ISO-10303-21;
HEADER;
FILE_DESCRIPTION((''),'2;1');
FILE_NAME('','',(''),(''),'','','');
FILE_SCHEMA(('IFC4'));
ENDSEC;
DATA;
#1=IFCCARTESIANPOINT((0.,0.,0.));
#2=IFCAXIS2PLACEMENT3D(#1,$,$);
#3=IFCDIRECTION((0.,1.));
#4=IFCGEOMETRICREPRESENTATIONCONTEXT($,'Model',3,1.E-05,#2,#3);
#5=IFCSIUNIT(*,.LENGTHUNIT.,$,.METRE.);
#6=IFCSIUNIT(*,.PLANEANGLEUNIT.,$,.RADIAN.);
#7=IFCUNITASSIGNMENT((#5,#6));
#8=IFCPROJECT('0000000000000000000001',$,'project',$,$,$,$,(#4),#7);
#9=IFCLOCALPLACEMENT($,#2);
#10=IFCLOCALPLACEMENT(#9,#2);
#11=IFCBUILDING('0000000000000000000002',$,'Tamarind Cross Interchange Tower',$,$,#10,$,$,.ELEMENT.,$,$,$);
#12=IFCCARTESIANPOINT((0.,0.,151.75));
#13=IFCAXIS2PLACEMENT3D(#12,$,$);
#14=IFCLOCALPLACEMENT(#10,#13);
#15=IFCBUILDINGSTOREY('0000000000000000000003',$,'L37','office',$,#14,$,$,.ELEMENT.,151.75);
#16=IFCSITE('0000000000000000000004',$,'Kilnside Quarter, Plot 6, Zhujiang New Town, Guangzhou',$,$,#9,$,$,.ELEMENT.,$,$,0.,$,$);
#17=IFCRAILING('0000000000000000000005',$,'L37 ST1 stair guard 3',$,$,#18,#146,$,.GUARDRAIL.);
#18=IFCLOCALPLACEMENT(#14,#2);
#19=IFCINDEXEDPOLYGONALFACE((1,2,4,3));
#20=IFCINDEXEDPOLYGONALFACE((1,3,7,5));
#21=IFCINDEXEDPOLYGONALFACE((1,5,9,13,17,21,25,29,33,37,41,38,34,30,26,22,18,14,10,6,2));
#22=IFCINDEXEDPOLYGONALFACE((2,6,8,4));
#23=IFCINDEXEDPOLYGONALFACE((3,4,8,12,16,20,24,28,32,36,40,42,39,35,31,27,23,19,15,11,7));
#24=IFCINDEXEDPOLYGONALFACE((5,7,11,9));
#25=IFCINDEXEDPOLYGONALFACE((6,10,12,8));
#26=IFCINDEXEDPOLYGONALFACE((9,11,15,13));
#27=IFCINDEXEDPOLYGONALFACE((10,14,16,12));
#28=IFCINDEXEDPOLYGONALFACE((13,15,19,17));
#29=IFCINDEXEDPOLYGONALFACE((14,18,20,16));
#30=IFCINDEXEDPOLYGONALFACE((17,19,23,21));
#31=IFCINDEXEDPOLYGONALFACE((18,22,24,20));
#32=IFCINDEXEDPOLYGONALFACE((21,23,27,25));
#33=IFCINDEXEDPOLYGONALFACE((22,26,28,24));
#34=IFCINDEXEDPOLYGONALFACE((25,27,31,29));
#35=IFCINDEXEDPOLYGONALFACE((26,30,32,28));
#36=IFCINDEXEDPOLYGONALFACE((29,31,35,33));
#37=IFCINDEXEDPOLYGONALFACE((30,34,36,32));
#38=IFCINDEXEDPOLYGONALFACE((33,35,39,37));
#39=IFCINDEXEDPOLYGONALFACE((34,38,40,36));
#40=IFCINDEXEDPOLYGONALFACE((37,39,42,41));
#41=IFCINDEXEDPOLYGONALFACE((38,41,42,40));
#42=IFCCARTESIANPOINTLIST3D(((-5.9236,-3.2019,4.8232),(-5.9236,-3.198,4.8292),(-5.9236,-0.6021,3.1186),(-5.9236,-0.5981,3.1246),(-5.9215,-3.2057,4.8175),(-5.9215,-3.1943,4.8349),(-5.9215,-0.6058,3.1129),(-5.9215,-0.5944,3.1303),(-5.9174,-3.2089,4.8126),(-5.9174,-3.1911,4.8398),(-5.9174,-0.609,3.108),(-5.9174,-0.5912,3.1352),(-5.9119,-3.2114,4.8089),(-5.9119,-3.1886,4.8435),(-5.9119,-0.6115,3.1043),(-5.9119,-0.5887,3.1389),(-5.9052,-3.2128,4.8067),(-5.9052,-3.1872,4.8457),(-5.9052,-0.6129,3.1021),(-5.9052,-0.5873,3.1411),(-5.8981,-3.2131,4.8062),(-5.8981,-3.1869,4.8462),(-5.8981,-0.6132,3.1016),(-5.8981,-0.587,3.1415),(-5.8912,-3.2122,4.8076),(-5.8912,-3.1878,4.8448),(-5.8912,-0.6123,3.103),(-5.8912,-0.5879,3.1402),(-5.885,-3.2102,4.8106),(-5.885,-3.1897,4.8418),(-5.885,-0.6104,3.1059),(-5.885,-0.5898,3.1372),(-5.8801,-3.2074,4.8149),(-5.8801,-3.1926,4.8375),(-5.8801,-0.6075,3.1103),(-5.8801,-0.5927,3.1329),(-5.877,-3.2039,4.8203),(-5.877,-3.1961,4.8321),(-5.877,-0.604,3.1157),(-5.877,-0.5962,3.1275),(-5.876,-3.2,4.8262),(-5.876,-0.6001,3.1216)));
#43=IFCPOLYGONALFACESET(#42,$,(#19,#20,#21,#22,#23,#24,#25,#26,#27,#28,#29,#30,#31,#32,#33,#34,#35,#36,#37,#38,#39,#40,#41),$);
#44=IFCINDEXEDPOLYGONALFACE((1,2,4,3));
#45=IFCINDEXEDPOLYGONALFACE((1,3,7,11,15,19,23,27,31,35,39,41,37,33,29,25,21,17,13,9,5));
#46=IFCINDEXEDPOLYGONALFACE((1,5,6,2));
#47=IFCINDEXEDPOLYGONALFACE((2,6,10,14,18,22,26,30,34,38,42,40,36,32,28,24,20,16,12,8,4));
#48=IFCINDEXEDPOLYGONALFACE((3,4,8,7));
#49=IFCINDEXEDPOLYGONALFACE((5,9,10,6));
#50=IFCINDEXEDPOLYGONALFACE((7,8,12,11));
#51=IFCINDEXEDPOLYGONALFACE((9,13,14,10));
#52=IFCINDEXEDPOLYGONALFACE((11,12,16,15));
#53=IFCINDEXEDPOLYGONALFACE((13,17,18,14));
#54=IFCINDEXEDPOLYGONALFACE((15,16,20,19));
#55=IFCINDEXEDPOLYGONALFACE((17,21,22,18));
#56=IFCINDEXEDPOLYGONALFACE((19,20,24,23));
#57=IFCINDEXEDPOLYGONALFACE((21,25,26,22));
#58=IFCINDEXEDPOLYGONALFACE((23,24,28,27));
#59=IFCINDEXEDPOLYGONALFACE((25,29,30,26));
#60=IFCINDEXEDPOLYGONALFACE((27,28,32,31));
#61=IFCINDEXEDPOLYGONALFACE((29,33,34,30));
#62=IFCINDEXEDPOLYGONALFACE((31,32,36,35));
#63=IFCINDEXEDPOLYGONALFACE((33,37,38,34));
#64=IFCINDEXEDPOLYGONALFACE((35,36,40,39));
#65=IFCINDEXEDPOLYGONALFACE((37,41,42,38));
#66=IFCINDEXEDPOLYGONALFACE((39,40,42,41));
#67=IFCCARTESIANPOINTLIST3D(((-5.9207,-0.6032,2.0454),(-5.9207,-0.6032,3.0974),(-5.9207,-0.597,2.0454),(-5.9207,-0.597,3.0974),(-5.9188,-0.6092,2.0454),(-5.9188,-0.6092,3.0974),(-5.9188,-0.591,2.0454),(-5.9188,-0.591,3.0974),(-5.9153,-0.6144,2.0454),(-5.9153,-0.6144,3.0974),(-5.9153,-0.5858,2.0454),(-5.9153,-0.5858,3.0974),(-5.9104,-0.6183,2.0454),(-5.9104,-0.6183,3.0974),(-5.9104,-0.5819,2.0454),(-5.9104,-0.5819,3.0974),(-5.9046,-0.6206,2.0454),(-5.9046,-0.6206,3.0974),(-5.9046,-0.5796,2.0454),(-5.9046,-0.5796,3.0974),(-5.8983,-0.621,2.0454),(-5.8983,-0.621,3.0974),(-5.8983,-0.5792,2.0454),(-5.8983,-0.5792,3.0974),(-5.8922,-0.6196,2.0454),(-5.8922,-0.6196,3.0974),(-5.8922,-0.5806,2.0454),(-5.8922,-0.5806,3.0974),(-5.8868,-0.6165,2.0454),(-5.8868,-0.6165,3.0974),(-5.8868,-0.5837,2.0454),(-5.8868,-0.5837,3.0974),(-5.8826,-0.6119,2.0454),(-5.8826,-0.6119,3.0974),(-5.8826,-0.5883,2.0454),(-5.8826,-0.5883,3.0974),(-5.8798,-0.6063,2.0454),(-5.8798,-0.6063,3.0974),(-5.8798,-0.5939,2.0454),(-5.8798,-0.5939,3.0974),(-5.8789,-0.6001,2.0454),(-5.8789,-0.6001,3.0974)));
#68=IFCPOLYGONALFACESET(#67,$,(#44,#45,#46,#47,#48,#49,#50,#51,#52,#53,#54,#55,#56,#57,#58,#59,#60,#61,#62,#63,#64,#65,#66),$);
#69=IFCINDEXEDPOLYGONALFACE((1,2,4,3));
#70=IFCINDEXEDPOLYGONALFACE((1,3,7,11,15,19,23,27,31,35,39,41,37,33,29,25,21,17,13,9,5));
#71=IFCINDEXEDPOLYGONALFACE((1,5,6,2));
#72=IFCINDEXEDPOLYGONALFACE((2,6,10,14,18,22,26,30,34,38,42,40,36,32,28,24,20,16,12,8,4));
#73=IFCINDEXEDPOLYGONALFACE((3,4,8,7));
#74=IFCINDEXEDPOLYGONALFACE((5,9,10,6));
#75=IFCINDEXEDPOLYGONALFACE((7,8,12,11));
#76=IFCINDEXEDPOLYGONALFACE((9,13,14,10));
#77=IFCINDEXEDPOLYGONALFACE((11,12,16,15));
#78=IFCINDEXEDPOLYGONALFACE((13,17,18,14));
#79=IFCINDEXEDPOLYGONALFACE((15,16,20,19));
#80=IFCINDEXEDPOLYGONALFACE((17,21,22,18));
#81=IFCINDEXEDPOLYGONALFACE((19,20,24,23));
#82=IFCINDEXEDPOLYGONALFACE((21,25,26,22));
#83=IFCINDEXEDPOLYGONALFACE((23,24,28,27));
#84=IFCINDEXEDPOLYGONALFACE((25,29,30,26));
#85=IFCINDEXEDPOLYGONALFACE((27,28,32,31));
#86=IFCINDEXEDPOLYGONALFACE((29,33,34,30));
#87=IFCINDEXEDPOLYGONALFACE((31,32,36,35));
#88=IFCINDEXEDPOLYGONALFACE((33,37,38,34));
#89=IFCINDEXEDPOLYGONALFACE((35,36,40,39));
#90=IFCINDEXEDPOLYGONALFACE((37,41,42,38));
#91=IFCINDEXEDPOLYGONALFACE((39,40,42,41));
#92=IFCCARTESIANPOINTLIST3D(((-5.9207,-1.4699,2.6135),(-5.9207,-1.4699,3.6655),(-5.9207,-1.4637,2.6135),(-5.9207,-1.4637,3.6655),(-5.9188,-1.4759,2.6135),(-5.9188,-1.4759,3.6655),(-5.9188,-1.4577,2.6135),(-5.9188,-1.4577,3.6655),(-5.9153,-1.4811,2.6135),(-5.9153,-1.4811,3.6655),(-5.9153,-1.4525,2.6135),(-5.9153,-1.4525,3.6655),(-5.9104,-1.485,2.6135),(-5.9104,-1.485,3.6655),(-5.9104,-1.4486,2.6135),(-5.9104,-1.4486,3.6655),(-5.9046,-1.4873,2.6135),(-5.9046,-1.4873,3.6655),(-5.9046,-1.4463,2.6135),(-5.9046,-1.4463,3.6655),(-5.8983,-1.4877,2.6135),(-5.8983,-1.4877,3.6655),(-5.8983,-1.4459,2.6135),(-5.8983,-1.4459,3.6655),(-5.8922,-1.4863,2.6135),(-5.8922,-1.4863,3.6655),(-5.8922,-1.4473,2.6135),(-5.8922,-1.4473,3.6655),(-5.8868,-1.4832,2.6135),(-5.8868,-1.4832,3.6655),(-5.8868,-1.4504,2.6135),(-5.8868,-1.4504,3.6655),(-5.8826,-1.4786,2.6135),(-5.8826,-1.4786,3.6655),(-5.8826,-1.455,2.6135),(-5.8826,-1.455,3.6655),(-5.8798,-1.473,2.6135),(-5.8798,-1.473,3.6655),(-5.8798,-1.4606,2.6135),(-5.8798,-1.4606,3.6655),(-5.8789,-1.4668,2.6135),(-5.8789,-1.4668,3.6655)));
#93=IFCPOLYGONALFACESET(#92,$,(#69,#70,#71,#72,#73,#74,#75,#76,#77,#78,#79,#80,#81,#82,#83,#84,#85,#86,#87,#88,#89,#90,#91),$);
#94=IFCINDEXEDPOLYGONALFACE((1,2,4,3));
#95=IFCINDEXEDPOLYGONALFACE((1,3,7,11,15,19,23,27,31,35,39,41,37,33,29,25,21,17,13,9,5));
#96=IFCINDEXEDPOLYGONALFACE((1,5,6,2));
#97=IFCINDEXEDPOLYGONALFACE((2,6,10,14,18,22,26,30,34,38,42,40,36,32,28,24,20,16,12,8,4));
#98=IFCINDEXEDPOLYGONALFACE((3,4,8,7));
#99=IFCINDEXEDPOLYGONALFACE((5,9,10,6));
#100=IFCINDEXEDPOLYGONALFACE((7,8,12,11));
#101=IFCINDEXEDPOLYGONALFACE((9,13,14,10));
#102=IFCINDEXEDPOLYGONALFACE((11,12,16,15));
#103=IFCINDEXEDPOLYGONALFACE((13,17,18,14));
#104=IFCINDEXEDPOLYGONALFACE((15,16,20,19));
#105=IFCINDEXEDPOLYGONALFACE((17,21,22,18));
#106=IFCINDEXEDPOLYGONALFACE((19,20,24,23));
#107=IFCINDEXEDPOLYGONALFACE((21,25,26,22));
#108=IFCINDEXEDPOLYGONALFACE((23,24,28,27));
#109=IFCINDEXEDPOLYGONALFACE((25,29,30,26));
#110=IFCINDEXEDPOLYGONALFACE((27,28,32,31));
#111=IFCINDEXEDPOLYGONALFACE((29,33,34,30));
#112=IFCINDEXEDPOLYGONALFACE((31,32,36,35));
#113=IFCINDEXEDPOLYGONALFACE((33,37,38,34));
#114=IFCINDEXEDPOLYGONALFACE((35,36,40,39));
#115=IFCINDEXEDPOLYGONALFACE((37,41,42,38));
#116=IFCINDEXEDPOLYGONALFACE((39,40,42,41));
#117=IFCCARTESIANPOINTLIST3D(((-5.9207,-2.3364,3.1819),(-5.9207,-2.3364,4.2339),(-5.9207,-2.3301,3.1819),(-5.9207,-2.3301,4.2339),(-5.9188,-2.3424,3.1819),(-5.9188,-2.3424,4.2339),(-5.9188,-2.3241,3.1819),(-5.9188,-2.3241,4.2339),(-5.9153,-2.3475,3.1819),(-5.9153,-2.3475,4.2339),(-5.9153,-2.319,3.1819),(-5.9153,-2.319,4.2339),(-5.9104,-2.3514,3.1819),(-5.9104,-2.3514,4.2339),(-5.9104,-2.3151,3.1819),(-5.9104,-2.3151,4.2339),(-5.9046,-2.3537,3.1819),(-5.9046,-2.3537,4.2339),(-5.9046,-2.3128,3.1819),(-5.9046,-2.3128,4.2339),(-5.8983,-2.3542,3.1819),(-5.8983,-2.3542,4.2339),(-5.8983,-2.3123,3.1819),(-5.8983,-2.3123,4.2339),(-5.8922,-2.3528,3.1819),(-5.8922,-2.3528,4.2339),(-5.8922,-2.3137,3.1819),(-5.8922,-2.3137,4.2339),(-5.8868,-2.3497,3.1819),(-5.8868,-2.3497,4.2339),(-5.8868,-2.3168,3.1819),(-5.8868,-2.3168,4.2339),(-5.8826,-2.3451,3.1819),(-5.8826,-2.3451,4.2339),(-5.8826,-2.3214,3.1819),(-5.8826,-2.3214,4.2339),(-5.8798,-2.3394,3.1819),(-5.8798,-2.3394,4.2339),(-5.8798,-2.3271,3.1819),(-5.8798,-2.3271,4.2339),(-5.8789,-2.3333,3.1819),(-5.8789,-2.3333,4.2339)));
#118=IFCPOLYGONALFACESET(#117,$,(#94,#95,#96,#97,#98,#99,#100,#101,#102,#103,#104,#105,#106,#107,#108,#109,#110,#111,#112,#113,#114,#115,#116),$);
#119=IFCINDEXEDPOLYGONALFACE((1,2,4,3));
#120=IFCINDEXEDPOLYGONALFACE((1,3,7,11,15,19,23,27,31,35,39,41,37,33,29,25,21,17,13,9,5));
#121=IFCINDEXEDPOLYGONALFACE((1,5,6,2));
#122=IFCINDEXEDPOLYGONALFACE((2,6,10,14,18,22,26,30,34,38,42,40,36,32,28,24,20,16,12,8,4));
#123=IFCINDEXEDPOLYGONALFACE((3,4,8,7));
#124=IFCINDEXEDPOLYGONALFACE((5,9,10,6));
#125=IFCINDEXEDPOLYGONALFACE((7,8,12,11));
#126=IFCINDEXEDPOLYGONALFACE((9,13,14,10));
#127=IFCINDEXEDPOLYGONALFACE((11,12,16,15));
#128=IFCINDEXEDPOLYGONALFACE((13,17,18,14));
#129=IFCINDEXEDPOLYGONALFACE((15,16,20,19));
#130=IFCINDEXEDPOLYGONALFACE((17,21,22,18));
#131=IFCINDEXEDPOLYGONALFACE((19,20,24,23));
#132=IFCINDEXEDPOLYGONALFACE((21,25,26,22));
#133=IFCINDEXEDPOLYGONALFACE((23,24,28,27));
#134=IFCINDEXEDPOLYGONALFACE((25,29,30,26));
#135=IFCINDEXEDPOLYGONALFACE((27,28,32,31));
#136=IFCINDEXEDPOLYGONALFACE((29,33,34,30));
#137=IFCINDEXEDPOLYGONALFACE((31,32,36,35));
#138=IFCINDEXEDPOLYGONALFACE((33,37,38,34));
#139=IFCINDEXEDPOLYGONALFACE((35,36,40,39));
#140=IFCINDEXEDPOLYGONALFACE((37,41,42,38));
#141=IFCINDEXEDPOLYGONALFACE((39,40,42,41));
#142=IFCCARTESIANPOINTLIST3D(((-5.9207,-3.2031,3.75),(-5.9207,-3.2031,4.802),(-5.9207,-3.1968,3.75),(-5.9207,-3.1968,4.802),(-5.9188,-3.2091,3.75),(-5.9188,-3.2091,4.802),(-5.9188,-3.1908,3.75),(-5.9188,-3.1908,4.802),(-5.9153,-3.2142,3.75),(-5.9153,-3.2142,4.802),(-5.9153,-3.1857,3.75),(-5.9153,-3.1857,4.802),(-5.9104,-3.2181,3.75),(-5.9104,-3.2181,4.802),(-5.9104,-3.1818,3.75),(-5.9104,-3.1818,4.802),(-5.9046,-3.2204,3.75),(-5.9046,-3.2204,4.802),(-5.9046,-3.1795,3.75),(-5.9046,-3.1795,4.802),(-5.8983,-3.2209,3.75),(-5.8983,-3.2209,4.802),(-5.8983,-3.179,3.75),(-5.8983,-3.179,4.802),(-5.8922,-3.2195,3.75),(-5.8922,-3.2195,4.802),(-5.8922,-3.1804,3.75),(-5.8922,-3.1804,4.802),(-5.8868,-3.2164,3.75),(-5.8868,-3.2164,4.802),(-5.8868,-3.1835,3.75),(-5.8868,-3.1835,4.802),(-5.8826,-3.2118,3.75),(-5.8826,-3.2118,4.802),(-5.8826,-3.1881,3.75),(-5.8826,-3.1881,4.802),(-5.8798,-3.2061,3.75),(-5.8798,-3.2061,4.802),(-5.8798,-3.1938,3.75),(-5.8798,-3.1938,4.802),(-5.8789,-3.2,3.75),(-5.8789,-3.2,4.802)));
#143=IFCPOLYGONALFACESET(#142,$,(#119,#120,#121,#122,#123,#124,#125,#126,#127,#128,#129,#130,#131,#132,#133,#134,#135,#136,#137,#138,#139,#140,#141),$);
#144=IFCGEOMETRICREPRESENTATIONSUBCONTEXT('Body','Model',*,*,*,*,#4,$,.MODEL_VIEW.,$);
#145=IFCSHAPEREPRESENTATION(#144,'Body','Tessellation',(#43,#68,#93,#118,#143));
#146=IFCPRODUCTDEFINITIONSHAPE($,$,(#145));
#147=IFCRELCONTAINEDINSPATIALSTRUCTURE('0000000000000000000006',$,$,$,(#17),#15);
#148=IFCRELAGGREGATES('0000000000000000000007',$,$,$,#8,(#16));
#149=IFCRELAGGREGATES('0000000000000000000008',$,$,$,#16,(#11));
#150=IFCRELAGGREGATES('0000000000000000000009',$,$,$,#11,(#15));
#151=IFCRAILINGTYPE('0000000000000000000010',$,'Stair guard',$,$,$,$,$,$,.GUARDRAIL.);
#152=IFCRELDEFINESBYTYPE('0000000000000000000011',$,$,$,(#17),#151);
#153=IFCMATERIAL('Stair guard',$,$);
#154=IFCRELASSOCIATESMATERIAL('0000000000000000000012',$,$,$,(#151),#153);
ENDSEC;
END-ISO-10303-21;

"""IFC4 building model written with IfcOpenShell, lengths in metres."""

from ifc_helpers import new_model, si_unit, direction, frame, origin, origin_2d, place, context, subcontext, project, spatial, circle, extrude, material, type_object, element, save


model = new_model("IFC4")

# Units and contexts
model_context = context("Model", 3, precision=1e-05, world=origin(), true_north=direction((0.0, 1.0)))
body_context = subcontext(model_context, "Body", "Model", "MODEL_VIEW")
ifc_project = project(units=[si_unit("LENGTHUNIT", "METRE"), si_unit("PLANEANGLEUNIT", "RADIAN")], contexts=[model_context])

# Site, building, storey
site_placement = place(None, origin())
site = spatial("IfcSite", under=ifc_project, at=site_placement, Name="Kilnside Quarter, Plot 6, Zhujiang New Town, Guangzhou", CompositionType="ELEMENT", RefElevation=0.0)
building_placement = place(site_placement, origin())
building = spatial("IfcBuilding", under=site, at=building_placement, Name="Tamarind Cross Interchange Tower", CompositionType="ELEMENT")
storey_placement = place(building_placement, frame((0.0, 0.0, 151.75)))
storey = spatial("IfcBuildingStorey", under=building, at=storey_placement, Name="L37", Description="office", CompositionType="ELEMENT", Elevation=151.75)

# Railing
ifc_material_1 = material(Name="Stair guard")
railing_type_1 = type_object("IfcRailingType", Name="Stair guard", PredefinedType="GUARDRAIL", material=ifc_material_1)
railing_1_placement = place(storey_placement, frame((-5.8999, -0.6001, 2.0454)))
element("IfcRailing", 1, at=railing_1_placement, inside=storey, type_object=railing_type_1, Name="L37 ST1 stair guard 3", PredefinedType="GUARDRAIL", context=body_context, shape_type="SweptSolid", body=[
    extrude(circle(Radius=0.0239, at=origin_2d()), frame((0.0, 0.0, 1.0762), z_axis=(0.0, -0.836279, 0.548305), x_axis=(1.0, 0.0, 0.0)), (0.0, 0.0, 1.0), 3.1089),
    extrude(circle(Radius=0.021, at=origin_2d()), origin(), (0.0, 0.0, 1.0), 1.052),
    extrude(circle(Radius=0.021, at=origin_2d()), frame((0.0, -0.8667, 0.5681)), (0.0, 0.0, 1.0), 1.052),
    extrude(circle(Radius=0.021, at=origin_2d()), frame((0.0, -1.7332, 1.1365)), (0.0, 0.0, 1.0), 1.052),
    extrude(circle(Radius=0.021, at=origin_2d()), frame((0.0, -2.5999, 1.7046)), (0.0, 0.0, 1.0), 1.052),
])

save(model, "model.ifc")
